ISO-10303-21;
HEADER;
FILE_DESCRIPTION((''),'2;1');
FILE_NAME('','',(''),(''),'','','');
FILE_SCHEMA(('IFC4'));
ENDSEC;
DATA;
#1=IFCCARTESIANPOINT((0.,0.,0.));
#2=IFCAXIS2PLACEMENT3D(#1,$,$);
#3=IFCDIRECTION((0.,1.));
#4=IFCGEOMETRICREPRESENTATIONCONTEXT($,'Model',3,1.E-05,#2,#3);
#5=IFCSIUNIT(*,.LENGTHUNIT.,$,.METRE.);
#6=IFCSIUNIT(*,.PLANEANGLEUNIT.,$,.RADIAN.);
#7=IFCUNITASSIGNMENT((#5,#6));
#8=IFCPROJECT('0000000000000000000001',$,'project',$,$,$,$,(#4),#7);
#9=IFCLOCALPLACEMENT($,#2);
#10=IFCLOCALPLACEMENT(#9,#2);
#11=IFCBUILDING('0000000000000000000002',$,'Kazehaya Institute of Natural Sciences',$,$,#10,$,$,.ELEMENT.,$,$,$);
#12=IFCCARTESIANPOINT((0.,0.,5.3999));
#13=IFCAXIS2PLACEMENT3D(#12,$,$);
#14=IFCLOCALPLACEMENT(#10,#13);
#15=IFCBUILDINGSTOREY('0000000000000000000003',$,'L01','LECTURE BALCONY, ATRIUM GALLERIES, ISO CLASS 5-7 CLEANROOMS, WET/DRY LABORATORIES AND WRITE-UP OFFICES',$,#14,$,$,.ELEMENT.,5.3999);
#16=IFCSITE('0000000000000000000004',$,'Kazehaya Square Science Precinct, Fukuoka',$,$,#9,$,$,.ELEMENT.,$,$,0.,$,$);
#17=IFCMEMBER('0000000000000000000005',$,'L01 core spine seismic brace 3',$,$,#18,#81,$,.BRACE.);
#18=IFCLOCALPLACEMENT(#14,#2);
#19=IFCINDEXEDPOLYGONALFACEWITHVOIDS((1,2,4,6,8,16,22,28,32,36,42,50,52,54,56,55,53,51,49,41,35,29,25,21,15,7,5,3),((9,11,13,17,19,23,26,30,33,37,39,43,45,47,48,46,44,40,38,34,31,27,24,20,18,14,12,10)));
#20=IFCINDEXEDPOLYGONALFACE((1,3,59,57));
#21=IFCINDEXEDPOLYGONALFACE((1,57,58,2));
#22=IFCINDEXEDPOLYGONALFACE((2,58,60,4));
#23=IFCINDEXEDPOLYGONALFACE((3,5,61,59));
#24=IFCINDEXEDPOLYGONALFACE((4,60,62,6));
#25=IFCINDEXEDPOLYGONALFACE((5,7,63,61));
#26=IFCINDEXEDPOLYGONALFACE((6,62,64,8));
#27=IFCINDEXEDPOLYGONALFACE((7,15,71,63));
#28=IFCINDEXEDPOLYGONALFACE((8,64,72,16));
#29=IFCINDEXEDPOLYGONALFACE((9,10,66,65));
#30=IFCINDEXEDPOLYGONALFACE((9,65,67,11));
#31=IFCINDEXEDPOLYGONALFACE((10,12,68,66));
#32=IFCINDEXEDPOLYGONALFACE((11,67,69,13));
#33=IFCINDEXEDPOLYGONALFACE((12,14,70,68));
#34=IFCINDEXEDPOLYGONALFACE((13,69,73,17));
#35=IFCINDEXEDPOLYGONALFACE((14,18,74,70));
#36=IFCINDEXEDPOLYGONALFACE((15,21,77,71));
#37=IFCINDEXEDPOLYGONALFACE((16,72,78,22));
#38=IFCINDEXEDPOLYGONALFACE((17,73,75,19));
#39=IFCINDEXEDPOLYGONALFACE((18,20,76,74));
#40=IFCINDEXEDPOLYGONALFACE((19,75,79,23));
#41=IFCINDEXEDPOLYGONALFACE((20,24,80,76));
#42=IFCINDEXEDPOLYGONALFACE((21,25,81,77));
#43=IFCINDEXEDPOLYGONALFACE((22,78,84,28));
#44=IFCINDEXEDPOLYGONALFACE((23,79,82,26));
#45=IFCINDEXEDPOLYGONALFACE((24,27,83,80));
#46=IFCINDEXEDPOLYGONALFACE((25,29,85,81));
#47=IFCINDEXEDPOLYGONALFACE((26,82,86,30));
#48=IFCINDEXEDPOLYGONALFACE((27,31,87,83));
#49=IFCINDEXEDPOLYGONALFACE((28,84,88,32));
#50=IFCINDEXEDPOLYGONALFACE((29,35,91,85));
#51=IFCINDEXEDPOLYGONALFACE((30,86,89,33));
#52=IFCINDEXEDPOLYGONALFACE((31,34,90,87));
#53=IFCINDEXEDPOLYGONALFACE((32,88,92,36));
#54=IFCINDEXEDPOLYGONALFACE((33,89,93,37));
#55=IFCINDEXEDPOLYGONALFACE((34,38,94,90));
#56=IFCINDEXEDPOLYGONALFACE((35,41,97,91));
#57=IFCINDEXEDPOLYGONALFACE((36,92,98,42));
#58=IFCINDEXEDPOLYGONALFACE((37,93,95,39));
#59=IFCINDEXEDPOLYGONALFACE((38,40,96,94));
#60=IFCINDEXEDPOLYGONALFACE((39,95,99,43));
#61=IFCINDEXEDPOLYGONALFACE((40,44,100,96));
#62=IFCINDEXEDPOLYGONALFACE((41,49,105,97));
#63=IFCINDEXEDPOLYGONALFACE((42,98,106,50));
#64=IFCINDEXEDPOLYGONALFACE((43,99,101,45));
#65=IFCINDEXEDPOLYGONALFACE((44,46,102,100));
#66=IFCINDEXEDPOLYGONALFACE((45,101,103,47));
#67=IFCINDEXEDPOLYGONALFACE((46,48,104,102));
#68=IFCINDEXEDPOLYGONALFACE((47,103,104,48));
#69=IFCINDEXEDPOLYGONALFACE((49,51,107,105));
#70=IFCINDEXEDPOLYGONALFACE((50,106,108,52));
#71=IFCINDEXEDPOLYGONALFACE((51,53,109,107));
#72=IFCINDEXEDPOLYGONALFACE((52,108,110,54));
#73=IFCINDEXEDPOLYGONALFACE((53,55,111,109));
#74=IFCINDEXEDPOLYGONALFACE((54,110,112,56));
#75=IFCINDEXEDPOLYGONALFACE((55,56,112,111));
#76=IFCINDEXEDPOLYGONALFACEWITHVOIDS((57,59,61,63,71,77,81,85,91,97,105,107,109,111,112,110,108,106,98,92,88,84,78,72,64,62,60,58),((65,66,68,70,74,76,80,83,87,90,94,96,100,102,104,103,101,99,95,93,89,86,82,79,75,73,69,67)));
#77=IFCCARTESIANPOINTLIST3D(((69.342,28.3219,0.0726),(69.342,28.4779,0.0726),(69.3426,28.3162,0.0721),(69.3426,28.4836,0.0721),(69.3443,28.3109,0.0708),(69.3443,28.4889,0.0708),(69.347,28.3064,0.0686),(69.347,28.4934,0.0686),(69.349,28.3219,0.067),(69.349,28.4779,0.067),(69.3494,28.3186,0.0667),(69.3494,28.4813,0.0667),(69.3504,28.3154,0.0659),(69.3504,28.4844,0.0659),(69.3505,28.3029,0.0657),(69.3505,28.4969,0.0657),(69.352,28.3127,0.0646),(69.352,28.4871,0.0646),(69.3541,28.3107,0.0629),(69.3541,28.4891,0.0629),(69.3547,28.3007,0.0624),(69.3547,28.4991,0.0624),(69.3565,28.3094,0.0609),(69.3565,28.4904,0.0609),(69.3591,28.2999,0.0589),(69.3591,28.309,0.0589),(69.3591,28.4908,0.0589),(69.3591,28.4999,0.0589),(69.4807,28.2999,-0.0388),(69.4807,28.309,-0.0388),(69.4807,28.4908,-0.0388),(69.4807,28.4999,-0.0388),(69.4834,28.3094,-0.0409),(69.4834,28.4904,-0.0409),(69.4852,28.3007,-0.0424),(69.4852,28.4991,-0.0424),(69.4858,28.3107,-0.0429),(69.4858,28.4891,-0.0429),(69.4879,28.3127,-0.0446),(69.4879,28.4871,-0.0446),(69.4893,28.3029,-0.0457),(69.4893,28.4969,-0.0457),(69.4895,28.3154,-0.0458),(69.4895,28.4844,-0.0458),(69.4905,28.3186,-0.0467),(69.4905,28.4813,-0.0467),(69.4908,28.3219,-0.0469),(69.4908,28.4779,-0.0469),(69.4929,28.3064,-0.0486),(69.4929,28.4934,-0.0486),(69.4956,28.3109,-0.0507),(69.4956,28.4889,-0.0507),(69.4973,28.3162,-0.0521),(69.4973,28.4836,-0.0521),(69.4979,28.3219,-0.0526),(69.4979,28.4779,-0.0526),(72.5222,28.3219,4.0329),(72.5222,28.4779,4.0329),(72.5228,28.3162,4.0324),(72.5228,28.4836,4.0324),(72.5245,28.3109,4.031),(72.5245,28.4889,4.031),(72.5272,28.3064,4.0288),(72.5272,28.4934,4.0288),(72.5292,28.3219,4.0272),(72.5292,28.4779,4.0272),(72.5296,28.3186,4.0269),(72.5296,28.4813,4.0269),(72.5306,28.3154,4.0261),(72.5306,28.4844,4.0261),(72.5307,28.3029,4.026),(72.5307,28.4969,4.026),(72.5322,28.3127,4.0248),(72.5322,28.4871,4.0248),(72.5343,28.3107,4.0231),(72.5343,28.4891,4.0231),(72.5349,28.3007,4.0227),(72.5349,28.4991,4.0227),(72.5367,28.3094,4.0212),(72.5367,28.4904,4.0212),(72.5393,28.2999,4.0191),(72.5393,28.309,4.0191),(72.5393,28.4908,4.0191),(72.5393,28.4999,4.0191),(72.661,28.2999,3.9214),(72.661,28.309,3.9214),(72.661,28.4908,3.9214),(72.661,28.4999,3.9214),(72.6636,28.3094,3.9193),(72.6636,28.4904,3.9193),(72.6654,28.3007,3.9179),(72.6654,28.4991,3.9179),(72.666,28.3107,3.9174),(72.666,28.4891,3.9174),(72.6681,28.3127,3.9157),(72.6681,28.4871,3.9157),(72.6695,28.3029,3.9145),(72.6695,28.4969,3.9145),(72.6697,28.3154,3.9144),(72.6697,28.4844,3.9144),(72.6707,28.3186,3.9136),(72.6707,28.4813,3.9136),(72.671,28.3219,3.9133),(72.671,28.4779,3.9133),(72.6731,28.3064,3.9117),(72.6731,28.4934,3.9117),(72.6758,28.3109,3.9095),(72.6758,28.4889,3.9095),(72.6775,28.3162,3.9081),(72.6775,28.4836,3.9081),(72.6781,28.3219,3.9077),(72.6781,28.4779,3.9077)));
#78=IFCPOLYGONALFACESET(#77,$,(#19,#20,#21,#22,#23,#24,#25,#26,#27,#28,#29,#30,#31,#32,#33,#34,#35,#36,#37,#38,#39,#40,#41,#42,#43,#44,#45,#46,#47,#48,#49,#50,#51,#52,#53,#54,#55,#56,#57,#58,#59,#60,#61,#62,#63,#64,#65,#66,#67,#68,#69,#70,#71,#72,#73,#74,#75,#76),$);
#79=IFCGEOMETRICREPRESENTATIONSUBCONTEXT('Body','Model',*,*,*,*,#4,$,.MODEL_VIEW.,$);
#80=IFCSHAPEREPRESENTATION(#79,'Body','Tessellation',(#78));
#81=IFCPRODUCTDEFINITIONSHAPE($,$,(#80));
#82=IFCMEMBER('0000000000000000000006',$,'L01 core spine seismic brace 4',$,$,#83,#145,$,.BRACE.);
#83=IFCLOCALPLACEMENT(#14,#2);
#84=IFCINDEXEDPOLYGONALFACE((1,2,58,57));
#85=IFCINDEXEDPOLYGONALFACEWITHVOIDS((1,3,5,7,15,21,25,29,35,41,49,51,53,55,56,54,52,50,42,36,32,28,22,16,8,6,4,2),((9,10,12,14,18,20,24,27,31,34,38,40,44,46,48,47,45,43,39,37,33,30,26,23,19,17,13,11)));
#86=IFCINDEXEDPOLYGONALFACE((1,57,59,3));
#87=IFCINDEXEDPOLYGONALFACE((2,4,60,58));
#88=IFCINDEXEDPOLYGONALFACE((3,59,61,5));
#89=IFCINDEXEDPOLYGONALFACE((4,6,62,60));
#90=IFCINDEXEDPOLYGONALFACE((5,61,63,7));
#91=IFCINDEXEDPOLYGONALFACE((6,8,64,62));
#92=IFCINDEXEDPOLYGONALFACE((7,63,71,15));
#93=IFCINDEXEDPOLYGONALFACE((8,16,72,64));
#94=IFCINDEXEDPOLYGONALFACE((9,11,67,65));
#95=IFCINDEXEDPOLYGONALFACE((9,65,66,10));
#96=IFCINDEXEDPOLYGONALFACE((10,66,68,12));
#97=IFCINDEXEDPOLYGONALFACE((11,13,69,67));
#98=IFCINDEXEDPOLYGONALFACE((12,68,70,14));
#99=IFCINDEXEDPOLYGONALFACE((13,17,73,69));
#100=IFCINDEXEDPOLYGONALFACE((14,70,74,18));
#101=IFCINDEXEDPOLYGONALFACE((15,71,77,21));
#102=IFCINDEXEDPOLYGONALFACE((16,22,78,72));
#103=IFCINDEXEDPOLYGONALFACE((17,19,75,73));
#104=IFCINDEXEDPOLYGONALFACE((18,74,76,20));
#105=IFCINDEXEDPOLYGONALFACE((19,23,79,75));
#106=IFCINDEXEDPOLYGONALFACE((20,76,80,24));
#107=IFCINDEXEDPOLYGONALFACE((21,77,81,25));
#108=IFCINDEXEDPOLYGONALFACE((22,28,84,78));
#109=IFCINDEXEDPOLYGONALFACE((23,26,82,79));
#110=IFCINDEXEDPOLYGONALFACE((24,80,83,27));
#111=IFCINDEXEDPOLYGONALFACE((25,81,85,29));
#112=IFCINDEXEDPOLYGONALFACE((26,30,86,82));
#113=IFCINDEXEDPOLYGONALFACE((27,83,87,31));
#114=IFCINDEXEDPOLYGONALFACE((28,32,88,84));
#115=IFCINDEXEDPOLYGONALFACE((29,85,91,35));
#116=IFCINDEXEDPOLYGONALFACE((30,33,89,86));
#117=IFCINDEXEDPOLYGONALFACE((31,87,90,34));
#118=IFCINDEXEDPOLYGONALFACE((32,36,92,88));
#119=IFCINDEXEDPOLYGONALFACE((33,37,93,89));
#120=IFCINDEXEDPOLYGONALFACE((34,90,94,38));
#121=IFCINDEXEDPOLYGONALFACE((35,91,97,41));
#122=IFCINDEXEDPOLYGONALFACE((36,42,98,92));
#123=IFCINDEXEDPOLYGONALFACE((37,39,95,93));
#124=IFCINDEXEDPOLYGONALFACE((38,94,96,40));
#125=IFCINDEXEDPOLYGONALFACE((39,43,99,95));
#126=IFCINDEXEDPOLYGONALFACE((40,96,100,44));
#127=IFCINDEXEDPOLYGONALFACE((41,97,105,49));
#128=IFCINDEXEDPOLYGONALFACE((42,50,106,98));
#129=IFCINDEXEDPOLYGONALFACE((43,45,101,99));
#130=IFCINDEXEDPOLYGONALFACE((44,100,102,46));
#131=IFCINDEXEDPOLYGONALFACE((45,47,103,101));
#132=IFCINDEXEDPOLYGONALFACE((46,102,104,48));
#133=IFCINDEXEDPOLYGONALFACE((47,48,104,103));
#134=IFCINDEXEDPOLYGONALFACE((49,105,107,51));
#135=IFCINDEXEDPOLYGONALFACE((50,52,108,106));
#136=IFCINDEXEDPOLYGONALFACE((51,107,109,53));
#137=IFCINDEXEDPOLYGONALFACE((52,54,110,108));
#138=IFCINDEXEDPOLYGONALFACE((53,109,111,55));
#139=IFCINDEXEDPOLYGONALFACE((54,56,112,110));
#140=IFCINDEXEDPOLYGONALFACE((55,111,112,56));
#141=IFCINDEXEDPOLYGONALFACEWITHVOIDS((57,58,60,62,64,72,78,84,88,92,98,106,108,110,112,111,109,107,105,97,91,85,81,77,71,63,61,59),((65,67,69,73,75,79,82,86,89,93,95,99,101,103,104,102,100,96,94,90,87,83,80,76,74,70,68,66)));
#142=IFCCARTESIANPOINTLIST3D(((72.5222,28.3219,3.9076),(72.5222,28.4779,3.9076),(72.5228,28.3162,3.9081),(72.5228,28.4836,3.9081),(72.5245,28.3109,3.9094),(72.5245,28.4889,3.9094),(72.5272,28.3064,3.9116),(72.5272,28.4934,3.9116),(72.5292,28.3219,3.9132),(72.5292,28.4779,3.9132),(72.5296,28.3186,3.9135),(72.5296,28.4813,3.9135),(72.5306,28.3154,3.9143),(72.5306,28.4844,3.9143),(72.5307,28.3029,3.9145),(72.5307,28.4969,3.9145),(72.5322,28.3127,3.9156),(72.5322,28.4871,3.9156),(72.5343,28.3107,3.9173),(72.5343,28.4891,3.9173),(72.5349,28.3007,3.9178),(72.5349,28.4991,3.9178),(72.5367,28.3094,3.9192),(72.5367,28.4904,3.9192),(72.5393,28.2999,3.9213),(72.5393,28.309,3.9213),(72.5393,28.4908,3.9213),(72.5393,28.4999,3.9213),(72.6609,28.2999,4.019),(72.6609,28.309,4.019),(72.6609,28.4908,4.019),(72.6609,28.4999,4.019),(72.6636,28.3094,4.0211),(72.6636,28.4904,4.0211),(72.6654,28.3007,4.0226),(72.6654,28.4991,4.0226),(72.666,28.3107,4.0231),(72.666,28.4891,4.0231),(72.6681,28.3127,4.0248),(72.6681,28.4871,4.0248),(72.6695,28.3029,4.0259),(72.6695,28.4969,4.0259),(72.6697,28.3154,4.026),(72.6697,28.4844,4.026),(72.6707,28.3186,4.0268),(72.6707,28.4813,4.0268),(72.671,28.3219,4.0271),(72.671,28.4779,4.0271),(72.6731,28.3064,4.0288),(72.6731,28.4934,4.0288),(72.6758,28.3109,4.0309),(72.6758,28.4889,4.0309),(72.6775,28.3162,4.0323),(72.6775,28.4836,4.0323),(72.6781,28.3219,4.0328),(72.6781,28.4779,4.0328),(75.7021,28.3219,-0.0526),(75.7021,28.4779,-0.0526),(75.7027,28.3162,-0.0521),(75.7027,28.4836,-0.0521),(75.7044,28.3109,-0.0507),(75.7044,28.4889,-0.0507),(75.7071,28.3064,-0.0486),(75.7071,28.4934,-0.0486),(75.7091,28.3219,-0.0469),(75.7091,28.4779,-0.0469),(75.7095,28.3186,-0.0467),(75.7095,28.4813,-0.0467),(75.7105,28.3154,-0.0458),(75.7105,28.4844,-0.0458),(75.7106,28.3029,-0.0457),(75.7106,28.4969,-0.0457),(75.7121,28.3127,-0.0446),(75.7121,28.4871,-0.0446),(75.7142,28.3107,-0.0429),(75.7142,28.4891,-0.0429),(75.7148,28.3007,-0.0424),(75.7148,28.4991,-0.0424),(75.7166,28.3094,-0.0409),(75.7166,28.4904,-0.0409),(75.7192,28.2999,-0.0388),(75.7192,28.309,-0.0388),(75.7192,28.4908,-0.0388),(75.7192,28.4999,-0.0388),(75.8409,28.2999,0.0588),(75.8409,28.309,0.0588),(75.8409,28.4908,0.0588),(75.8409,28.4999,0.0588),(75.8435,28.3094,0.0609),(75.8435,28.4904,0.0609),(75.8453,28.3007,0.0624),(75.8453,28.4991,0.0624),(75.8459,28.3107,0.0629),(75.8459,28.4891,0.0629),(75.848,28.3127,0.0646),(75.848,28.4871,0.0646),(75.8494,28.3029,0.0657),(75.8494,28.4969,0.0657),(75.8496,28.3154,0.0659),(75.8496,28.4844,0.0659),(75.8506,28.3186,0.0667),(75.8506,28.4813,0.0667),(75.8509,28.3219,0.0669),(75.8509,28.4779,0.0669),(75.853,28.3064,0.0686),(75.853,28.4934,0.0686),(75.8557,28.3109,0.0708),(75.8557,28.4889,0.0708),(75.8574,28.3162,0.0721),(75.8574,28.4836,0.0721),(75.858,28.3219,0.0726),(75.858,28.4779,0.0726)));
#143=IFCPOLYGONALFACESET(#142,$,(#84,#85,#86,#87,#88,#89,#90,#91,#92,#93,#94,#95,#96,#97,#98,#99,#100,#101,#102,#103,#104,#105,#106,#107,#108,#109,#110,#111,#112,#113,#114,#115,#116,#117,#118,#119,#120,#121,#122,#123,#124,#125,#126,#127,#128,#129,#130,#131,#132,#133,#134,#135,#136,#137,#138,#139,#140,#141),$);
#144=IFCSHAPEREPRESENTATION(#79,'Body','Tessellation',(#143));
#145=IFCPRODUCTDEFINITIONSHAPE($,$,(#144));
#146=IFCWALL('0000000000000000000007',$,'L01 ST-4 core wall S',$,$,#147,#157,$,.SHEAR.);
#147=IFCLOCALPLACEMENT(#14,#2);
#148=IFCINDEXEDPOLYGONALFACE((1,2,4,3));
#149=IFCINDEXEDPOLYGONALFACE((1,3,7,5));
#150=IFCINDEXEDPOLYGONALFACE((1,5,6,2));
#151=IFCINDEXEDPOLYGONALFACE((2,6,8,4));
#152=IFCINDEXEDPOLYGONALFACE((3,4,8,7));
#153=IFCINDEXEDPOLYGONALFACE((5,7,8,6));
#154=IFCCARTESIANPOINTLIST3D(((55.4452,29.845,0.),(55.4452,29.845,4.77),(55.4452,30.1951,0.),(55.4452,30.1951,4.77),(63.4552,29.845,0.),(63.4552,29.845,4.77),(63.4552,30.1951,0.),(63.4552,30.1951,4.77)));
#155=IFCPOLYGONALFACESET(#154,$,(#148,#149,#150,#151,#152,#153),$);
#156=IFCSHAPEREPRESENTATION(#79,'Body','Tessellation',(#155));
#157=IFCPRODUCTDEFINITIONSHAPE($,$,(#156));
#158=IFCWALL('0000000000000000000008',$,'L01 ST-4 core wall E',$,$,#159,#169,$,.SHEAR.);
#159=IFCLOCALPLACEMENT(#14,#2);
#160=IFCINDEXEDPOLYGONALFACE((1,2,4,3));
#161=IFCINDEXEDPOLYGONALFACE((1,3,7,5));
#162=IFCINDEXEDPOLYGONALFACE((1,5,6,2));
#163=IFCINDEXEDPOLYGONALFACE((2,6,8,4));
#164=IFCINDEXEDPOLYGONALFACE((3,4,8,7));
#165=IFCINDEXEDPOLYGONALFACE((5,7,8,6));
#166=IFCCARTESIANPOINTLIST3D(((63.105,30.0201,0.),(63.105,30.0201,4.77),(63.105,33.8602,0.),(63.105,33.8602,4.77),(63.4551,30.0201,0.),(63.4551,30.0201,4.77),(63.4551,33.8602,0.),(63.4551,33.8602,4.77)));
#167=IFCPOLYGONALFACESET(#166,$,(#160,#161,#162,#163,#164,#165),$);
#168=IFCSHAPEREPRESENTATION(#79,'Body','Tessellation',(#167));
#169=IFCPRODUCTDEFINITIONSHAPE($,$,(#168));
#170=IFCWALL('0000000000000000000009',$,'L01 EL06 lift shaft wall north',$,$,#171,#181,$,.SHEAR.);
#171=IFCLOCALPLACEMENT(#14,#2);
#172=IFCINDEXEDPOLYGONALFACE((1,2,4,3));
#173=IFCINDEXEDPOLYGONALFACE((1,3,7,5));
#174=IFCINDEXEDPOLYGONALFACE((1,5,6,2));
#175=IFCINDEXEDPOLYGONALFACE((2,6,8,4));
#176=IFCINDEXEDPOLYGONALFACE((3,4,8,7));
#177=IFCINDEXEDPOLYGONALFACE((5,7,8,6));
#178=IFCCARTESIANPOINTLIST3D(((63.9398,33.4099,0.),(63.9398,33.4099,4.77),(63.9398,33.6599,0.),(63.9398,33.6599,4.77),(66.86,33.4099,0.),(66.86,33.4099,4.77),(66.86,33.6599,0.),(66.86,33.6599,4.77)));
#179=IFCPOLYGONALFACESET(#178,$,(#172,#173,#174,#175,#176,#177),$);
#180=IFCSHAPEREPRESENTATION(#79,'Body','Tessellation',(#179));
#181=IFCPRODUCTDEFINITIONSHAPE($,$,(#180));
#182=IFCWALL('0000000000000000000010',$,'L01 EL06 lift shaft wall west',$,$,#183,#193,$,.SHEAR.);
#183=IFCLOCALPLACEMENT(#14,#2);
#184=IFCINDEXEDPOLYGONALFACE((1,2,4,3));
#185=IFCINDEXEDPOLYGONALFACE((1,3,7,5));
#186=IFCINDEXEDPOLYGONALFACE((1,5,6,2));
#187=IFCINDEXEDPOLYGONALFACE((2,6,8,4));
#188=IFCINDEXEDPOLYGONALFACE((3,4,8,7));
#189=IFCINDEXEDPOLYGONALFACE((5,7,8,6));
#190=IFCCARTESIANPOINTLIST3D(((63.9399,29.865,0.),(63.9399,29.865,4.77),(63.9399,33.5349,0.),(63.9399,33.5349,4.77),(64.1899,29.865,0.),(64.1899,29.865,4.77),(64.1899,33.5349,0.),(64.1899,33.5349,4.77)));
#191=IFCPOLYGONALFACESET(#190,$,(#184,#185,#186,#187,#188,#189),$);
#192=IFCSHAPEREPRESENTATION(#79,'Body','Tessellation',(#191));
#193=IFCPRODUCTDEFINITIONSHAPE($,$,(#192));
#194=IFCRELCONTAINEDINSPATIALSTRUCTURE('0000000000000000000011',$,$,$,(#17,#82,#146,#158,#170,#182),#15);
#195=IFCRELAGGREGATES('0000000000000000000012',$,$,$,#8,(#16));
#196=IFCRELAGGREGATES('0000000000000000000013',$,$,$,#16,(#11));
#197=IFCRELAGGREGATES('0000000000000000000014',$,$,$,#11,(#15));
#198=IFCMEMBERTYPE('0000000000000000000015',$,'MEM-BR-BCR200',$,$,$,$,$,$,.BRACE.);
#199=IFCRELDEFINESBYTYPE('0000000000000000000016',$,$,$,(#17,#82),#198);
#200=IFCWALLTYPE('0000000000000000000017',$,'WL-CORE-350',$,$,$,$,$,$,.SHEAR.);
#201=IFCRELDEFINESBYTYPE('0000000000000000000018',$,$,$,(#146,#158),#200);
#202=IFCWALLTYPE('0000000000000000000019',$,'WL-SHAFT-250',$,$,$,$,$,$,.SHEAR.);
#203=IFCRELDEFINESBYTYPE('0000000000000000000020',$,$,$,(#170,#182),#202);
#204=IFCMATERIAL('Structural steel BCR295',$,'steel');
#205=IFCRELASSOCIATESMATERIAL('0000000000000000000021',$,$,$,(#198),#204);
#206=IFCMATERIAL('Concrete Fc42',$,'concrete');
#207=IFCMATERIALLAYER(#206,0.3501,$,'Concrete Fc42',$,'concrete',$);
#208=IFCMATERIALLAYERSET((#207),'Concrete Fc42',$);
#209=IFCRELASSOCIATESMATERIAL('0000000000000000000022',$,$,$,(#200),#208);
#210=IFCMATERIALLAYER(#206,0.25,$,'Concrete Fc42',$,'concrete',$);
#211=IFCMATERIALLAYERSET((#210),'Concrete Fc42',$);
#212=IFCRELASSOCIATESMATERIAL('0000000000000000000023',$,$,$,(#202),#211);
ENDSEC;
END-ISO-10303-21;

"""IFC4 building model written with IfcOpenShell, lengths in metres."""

from ifc_helpers import new_model, si_unit, direction, frame, frame_2d, origin, origin_2d, place, context, subcontext, project, spatial, rectangle, hollow_rectangle, extrude, material, layer, layer_set, material_profile, profile_set, type_object, element, save


model = new_model("IFC4")

# Units and contexts
model_context = context("Model", 3, precision=1e-05, world=origin(), true_north=direction((0.0, 1.0)))
body_context = subcontext(model_context, "Body", "Model", "MODEL_VIEW")
ifc_project = project(units=[si_unit("LENGTHUNIT", "METRE"), si_unit("PLANEANGLEUNIT", "RADIAN")], contexts=[model_context])

# Site, building, storey
site_placement = place(None, origin())
site = spatial("IfcSite", under=ifc_project, at=site_placement, Name="Kazehaya Square Science Precinct, Fukuoka", CompositionType="ELEMENT", RefElevation=0.0)
building_placement = place(site_placement, origin())
building = spatial("IfcBuilding", under=site, at=building_placement, Name="Kazehaya Institute of Natural Sciences", CompositionType="ELEMENT")
storey_placement = place(building_placement, frame((0.0, 0.0, 5.3999)))
storey = spatial("IfcBuildingStorey", under=building, at=storey_placement, Name="L01", Description="LECTURE BALCONY, ATRIUM GALLERIES, ISO CLASS 5-7 CLEANROOMS, WET/DRY LABORATORIES AND WRITE-UP OFFICES", CompositionType="ELEMENT", Elevation=5.3999)

# Shared definitions
ifc_material_1 = material(Name="Concrete Fc42", Category="concrete")

# Members
ifc_material_2 = material(Name="Structural steel BCR295", Category="steel")
ifc_material_profile_1 = material_profile(ifc_material_2, hollow_rectangle(XDim=0.2, YDim=0.2, WallThickness=0.009, InnerFilletRadius=0.0129, OuterFilletRadius=0.022, at=origin_2d()), Name="BCR-200x200x9")
ifc_profile_set_1 = profile_set([ifc_material_profile_1], Name="Structural steel BCR295")
member_type = type_object("IfcMemberType", Name="MEM-BR-BCR200", PredefinedType="BRACE", material=ifc_profile_set_1)
member_1_placement = place(storey_placement, frame((69.4199, 28.3999, 0.01), z_axis=(0.626136, 0.0, 0.779714), x_axis=(0.0, 1.0, 0.0)))
element("IfcMember", 1, at=member_1_placement, inside=storey, type_object=member_type, Name="L01 core spine seismic brace 3", PredefinedType="BRACE", context=body_context, shape_type="SweptSolid", body=[
    extrude(hollow_rectangle(XDim=0.2, YDim=0.2, WallThickness=0.009, InnerFilletRadius=0.0129, OuterFilletRadius=0.022, at=origin_2d()), origin(), (0.0, 0.0, 1.0), 5.0791),
])
member_2_placement = place(storey_placement, frame((75.78, 28.3999, 0.01), z_axis=(-0.626107, 0.0, 0.779737), x_axis=(0.0, -1.0, 0.0)))
element("IfcMember", 2, at=member_2_placement, inside=storey, type_object=member_type, Name="L01 core spine seismic brace 4", PredefinedType="BRACE", context=body_context, shape_type="SweptSolid", body=[
    extrude(hollow_rectangle(XDim=0.2, YDim=0.2, WallThickness=0.009, InnerFilletRadius=0.0129, OuterFilletRadius=0.022, at=origin_2d()), origin(), (0.0, 0.0, 1.0), 5.0789),
])

# Walls
ifc_layer_1 = layer(ifc_material_1, 0.3501, Name="Concrete Fc42", Category="concrete")
ifc_layer_set_1 = layer_set([ifc_layer_1], Name="Concrete Fc42")
wall_type_1 = type_object("IfcWallType", Name="WL-CORE-350", PredefinedType="SHEAR", material=ifc_layer_set_1)
wall_1_placement = place(storey_placement, frame((63.4551, 30.02, 0.0), z_axis=(0.0, 0.0, 1.0), x_axis=(-1.0, 0.0, 0.0)))
element("IfcWall", 3, at=wall_1_placement, inside=storey, type_object=wall_type_1, Name="L01 ST-4 core wall S", PredefinedType="SHEAR", context=body_context, shape_type="SweptSolid", body=[
    extrude(rectangle(XDim=8.01, YDim=0.3501, at=frame_2d((4.0049, 0.0))), origin(), (0.0, 0.0, 1.0), 4.77),
])
wall_2_placement = place(storey_placement, frame((63.28, 33.8601, 0.0), z_axis=(0.0, 0.0, 1.0), x_axis=(0.0, -1.0, 0.0)))
element("IfcWall", 4, at=wall_2_placement, inside=storey, type_object=wall_type_1, Name="L01 ST-4 core wall E", PredefinedType="SHEAR", context=body_context, shape_type="SweptSolid", body=[
    extrude(rectangle(XDim=3.8401, YDim=0.3501, at=frame_2d((1.9199, 0.0))), origin(), (0.0, 0.0, 1.0), 4.77),
])

# Shared definitions
ifc_layer_2 = layer(ifc_material_1, 0.25, Name="Concrete Fc42", Category="concrete")
ifc_layer_set_2 = layer_set([ifc_layer_2], Name="Concrete Fc42")
wall_type_2 = type_object("IfcWallType", Name="WL-SHAFT-250", PredefinedType="SHEAR", material=ifc_layer_set_2)

# Walls
wall_3_placement = place(storey_placement, frame((63.9399, 33.5349, 0.0), z_axis=(0.0, 0.0, 1.0), x_axis=(1.0, 0.0, 0.0)))
element("IfcWall", 5, at=wall_3_placement, inside=storey, type_object=wall_type_2, Name="L01 EL06 lift shaft wall north", PredefinedType="SHEAR", context=body_context, shape_type="SweptSolid", body=[
    extrude(rectangle(XDim=2.9202, YDim=0.25, at=frame_2d((1.46, 0.0))), origin(), (0.0, 0.0, 1.0), 4.77),
])
for number, where, z_axis, x_axis, name in (
    (6, (64.0649, 29.865, 0.0), (0.0, 0.0, 1.0), (0.0, 1.0, 0.0), "L01 EL06 lift shaft wall west"),
):
    element("IfcWall", number, at=place(storey_placement, frame(where, z_axis=z_axis, x_axis=x_axis)), inside=storey, type_object=wall_type_2, Name=name, PredefinedType="SHEAR", context=body_context, shape_type="SweptSolid", body=[
        extrude(rectangle(XDim=3.6699, YDim=0.25, at=frame_2d((1.835, 0.0))), origin(), (0.0, 0.0, 1.0), 4.77),
    ])

save(model, "model.ifc")
